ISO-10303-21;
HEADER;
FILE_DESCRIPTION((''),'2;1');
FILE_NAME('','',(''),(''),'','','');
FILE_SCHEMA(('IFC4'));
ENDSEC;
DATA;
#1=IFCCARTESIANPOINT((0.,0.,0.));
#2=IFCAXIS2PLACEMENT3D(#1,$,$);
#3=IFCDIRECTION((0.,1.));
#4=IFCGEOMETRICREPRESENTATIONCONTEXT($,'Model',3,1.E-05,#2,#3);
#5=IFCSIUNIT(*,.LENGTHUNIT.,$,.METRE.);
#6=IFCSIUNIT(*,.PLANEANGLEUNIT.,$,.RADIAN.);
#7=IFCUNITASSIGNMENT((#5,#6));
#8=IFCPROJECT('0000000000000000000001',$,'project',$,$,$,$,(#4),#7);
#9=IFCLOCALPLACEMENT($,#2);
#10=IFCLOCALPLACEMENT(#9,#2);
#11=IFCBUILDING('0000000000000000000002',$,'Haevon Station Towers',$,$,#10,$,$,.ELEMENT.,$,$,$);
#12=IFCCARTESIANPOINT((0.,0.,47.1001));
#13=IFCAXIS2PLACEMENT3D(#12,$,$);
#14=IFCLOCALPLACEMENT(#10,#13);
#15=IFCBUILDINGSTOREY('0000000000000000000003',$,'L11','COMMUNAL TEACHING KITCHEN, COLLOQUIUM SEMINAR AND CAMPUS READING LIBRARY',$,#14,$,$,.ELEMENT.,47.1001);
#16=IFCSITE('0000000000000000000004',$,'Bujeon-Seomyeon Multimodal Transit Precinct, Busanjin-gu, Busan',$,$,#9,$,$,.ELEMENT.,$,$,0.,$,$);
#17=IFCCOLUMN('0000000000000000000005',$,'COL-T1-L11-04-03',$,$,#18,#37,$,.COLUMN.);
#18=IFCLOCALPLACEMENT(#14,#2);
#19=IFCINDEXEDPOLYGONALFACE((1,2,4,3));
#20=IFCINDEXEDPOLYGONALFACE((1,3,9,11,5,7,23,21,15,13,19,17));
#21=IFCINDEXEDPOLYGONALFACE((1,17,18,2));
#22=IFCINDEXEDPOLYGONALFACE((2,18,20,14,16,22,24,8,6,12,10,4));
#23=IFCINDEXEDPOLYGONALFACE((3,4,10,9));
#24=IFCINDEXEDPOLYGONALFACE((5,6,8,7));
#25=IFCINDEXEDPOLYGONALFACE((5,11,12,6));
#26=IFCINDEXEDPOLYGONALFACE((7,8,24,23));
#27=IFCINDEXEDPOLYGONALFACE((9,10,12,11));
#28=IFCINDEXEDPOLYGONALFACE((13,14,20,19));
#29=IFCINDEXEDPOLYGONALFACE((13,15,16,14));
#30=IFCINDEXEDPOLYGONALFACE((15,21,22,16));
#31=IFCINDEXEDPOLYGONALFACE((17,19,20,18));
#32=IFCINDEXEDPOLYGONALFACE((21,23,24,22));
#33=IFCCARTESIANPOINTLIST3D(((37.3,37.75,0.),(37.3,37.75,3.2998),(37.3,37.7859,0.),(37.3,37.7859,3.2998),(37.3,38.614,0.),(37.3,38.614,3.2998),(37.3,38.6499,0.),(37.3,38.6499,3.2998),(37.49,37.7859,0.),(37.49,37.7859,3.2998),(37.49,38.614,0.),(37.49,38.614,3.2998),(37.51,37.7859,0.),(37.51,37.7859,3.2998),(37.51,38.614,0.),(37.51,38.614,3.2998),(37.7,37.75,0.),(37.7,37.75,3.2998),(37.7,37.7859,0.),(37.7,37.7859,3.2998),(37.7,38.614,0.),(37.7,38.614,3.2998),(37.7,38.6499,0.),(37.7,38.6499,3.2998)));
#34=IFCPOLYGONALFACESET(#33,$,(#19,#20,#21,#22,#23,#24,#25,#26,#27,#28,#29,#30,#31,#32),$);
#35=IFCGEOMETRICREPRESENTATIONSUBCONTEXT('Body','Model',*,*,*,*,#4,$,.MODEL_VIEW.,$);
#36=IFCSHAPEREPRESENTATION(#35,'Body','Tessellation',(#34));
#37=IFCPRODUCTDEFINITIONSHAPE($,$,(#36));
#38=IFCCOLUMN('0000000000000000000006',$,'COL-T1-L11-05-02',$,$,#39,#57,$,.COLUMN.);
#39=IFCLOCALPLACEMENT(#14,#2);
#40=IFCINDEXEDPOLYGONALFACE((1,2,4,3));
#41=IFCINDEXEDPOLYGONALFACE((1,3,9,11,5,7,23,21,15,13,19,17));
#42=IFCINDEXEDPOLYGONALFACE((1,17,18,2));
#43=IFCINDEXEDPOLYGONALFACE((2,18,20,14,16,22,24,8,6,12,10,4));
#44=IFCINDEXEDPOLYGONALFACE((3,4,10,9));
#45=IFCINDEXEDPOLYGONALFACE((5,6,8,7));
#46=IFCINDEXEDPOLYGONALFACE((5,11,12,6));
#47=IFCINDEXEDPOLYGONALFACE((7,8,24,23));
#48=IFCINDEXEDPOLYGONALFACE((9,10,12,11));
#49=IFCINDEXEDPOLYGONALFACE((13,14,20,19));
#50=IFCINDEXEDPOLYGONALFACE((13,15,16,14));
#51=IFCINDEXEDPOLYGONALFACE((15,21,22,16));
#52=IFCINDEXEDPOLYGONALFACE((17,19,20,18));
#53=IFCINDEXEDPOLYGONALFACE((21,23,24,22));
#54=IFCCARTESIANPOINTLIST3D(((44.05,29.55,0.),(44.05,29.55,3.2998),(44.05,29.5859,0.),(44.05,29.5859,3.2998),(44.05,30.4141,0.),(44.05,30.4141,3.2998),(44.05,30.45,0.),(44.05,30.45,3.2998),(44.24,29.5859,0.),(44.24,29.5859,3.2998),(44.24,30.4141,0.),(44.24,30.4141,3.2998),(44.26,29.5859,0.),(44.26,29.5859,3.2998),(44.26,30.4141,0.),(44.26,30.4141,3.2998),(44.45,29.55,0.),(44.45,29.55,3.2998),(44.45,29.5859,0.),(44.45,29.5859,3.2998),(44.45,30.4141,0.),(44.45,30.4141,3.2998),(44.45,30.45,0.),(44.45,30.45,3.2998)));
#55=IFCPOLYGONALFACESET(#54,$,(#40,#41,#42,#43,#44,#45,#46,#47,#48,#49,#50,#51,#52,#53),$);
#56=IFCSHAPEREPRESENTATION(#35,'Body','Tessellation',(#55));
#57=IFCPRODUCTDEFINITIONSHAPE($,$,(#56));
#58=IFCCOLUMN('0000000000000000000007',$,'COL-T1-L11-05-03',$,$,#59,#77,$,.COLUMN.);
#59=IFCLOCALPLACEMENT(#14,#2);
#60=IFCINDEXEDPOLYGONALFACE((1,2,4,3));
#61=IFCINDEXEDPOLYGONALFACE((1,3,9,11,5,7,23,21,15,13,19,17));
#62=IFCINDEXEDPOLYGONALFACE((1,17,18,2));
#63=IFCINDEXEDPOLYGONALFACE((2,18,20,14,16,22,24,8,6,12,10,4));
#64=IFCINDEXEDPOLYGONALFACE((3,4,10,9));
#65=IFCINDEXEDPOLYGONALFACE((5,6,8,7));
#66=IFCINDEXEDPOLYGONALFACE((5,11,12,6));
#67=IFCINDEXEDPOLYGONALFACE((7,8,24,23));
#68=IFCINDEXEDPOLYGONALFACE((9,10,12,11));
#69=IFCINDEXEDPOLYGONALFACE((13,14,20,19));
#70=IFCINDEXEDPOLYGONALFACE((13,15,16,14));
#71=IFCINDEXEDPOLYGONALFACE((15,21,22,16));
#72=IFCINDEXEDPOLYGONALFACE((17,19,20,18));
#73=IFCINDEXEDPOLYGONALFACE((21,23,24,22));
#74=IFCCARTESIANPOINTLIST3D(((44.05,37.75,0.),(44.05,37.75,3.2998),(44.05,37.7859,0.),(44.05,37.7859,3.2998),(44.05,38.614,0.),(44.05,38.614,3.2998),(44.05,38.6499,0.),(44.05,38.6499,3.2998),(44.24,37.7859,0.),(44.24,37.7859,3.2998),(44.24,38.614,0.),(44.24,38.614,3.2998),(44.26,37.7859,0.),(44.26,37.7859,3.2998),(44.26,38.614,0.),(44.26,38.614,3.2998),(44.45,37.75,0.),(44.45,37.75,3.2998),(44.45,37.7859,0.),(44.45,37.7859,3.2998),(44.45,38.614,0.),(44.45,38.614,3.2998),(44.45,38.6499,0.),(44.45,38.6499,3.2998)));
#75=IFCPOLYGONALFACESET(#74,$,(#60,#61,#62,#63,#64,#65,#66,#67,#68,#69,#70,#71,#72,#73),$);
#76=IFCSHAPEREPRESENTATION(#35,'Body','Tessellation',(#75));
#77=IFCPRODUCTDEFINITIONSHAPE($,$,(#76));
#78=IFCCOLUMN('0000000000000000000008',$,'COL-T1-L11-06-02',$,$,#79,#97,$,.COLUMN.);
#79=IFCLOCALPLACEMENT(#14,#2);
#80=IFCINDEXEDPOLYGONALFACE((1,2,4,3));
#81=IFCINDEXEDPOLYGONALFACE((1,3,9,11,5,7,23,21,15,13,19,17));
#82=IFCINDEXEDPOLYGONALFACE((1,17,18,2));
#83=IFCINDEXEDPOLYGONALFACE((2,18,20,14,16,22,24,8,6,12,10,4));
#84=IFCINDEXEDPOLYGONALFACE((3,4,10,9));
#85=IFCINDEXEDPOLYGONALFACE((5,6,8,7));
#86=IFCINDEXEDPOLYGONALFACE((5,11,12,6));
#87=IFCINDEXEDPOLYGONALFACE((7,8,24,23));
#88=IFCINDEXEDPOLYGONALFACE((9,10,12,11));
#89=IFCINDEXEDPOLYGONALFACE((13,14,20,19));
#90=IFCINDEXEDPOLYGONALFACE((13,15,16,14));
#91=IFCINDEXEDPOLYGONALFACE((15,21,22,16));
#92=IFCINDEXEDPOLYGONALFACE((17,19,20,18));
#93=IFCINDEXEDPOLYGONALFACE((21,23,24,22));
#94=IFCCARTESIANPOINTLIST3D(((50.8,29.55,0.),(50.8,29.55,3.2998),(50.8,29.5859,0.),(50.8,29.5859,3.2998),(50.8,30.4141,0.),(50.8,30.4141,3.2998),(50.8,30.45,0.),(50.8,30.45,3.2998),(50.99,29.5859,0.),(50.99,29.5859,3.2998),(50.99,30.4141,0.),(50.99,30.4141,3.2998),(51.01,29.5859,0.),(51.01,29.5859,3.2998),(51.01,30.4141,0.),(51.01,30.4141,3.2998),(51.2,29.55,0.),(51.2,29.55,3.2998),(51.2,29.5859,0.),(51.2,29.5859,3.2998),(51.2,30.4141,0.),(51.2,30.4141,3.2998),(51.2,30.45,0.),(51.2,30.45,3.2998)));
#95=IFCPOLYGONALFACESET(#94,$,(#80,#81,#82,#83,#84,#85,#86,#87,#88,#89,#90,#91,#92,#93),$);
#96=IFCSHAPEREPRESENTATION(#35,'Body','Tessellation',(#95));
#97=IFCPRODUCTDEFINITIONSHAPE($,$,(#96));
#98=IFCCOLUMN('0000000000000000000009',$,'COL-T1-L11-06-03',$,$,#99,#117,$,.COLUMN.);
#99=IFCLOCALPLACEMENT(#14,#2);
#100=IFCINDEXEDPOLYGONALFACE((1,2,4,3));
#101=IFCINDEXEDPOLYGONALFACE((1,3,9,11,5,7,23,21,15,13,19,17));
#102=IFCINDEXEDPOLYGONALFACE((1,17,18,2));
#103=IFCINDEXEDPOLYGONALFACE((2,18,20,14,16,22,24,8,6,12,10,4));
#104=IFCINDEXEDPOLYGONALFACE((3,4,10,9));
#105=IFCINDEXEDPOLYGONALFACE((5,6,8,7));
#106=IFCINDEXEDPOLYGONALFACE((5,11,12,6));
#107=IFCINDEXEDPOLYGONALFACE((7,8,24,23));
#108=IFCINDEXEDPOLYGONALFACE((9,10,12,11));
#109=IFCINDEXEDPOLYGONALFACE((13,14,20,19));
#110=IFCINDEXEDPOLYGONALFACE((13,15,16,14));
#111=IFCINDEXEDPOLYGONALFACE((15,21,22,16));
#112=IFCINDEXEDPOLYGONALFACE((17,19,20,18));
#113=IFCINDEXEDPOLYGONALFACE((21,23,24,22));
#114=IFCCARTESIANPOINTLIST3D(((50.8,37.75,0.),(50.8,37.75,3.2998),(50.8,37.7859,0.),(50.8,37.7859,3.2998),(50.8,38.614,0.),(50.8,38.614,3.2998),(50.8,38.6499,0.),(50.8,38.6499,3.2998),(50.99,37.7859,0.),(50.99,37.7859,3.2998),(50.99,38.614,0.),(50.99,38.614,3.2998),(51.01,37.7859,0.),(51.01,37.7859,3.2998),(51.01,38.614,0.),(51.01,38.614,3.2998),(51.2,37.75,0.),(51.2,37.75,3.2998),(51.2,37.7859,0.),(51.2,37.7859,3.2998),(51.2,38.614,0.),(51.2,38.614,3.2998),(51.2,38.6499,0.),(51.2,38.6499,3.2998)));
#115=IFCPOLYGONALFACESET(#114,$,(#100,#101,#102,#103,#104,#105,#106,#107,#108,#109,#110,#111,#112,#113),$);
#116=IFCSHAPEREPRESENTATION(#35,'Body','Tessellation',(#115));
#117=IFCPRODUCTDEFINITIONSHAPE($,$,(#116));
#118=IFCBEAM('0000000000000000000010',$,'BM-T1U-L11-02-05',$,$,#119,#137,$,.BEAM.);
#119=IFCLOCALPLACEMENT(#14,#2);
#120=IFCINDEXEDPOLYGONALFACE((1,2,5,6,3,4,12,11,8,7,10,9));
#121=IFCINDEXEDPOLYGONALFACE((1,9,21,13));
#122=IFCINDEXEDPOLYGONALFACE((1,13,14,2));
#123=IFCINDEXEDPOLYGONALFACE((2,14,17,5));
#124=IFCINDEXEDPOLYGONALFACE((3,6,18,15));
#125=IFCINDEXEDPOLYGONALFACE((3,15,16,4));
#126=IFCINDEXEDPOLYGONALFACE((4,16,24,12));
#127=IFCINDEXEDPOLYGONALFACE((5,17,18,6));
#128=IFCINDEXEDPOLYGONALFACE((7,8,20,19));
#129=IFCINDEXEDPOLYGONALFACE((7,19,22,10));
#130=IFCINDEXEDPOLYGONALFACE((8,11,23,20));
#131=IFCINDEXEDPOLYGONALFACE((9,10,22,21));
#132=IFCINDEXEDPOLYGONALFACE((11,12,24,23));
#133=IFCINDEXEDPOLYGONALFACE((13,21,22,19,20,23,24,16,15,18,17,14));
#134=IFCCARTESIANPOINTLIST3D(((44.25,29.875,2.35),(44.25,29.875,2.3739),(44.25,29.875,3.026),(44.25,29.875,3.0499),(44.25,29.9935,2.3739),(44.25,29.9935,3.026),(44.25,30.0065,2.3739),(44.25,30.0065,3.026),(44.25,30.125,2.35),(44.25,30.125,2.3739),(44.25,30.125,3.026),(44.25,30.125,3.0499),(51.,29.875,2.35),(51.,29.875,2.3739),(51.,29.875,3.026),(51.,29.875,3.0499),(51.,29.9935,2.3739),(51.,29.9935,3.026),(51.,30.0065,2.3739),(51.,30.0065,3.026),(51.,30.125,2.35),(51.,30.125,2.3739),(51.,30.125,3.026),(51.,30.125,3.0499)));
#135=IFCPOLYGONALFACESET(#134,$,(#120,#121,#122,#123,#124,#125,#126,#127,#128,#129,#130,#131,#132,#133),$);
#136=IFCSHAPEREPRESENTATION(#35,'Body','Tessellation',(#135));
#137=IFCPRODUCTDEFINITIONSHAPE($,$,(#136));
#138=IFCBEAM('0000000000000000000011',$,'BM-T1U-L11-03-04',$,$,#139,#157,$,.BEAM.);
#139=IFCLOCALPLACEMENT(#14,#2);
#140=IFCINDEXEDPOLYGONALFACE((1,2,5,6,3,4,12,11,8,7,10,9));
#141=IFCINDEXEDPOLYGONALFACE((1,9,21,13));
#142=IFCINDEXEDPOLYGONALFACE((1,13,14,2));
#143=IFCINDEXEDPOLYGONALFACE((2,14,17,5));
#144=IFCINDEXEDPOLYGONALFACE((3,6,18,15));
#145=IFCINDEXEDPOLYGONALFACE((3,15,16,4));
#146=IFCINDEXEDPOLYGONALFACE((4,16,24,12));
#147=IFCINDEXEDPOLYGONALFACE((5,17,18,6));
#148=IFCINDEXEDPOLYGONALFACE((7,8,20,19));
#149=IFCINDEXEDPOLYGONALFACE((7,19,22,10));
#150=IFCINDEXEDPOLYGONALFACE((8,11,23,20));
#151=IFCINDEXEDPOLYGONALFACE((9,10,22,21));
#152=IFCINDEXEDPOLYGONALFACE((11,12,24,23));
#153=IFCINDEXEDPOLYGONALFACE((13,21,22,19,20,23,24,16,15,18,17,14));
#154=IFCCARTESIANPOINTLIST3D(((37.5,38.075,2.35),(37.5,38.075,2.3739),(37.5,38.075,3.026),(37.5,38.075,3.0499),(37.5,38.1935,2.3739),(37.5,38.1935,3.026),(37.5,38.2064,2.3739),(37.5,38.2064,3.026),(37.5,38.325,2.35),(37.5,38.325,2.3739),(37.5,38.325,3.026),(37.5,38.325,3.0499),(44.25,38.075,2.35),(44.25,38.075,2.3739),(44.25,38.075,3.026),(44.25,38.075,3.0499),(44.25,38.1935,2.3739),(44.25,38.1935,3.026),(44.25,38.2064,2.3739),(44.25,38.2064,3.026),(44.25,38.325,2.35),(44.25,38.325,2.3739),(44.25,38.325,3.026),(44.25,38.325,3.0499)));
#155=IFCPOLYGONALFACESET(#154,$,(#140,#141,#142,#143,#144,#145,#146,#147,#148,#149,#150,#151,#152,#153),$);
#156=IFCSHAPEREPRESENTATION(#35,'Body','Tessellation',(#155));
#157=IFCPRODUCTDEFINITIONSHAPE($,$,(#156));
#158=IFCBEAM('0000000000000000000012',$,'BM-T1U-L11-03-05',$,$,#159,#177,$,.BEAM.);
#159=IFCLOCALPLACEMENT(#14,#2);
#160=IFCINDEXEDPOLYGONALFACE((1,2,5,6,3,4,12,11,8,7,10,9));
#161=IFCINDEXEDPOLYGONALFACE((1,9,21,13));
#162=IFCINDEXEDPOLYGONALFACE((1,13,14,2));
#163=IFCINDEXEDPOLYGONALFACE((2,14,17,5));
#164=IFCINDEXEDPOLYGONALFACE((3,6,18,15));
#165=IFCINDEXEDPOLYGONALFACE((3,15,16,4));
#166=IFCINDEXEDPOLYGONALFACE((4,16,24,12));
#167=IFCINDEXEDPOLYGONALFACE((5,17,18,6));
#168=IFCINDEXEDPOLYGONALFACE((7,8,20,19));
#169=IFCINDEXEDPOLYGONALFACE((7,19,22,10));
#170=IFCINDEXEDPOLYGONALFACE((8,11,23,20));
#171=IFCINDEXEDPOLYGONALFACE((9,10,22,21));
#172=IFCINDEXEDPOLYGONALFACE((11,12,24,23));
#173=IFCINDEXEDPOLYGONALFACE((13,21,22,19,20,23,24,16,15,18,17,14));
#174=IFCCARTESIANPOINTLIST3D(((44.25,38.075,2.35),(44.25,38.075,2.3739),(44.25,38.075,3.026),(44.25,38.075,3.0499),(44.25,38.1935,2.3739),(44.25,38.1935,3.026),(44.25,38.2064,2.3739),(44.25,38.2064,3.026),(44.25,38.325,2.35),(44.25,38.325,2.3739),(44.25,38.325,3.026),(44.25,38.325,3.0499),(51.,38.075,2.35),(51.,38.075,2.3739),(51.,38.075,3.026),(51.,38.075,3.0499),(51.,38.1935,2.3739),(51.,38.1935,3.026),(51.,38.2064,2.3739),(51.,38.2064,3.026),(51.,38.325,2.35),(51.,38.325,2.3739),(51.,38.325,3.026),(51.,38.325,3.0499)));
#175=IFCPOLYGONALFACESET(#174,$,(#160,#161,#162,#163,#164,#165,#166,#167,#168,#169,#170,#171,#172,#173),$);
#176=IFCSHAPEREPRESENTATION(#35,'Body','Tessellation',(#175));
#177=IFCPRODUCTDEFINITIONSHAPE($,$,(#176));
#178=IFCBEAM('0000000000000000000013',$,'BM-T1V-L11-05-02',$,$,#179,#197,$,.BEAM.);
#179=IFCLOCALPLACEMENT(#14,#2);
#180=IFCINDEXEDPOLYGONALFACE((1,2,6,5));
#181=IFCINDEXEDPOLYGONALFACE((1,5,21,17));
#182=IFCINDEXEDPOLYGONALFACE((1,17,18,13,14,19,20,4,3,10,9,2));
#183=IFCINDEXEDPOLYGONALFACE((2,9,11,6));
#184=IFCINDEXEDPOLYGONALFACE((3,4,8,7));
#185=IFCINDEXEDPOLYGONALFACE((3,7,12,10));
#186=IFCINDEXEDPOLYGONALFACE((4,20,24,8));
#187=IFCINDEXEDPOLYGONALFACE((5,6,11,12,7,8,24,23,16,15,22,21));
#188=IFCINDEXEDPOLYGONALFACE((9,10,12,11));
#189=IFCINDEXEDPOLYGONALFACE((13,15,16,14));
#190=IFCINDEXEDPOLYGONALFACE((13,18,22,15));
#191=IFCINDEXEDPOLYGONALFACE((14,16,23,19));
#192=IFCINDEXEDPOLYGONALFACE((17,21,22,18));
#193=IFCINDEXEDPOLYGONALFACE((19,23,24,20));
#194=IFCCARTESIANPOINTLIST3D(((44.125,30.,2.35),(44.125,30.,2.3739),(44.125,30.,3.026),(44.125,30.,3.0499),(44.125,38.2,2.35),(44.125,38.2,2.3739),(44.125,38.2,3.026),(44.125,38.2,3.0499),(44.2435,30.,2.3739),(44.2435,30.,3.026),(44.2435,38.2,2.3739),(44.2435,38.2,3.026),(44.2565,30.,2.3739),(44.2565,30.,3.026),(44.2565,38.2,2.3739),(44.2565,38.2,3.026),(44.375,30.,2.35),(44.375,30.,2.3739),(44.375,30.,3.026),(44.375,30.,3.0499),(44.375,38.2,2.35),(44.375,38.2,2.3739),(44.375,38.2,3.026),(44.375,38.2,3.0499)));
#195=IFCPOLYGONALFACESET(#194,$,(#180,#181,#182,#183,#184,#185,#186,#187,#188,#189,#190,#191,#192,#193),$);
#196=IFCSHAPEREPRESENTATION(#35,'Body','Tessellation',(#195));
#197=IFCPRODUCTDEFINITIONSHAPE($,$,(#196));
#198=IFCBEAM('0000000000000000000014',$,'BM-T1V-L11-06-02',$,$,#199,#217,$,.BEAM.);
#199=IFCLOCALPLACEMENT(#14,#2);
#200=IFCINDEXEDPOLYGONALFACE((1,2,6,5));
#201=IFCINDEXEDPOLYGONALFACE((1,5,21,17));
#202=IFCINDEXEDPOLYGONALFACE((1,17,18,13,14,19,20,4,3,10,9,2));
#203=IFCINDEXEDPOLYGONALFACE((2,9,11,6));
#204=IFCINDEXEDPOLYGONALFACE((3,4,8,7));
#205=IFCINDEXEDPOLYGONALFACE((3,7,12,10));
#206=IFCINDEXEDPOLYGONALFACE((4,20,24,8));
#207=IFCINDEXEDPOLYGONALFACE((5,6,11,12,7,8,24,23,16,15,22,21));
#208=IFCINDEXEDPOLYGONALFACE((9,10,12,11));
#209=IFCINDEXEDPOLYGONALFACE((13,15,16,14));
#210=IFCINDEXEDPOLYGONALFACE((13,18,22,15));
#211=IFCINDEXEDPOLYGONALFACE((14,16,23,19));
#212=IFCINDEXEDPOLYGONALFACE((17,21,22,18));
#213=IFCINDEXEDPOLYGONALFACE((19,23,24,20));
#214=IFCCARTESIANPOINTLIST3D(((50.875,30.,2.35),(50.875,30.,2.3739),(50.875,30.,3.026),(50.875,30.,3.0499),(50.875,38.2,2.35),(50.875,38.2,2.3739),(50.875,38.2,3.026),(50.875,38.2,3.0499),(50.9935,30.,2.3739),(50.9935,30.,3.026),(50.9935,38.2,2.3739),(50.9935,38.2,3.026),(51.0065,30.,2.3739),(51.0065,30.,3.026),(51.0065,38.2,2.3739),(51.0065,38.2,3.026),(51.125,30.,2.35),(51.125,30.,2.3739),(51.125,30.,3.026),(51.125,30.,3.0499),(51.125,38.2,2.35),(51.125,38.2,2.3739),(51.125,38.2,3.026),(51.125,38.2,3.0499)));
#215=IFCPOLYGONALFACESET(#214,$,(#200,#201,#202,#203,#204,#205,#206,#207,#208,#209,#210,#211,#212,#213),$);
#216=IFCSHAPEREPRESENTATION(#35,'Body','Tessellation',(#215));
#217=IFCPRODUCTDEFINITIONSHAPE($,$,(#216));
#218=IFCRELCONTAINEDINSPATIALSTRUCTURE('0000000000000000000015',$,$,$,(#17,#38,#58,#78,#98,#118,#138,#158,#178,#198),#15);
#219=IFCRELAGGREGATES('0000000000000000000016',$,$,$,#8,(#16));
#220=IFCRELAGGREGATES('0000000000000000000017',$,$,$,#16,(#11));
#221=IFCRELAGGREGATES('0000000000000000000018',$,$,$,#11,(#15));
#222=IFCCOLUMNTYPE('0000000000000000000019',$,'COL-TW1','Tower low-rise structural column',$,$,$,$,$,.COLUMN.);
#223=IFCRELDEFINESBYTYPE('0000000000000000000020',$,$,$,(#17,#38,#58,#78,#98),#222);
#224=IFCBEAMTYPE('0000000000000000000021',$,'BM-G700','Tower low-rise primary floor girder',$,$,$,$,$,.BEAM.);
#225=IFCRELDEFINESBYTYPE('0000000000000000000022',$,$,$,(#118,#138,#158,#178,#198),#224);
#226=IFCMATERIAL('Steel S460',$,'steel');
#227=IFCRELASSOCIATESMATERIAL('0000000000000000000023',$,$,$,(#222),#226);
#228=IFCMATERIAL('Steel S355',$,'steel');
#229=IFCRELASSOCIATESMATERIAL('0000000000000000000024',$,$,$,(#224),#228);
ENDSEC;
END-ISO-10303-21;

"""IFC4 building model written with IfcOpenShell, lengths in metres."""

from ifc_helpers import new_model, si_unit, direction, frame, origin, origin_2d, place, context, subcontext, project, spatial, i_section, extrude, material, material_profile, profile_set, type_object, element, save


model = new_model("IFC4")

# Units and contexts
model_context = context("Model", 3, precision=1e-05, world=origin(), true_north=direction((0.0, 1.0)))
body_context = subcontext(model_context, "Body", "Model", "MODEL_VIEW")
ifc_project = project(units=[si_unit("LENGTHUNIT", "METRE"), si_unit("PLANEANGLEUNIT", "RADIAN")], contexts=[model_context])

# Site, building, storey
site_placement = place(None, origin())
site = spatial("IfcSite", under=ifc_project, at=site_placement, Name="Bujeon-Seomyeon Multimodal Transit Precinct, Busanjin-gu, Busan", CompositionType="ELEMENT", RefElevation=0.0)
building_placement = place(site_placement, origin())
building = spatial("IfcBuilding", under=site, at=building_placement, Name="Haevon Station Towers", CompositionType="ELEMENT")
storey_placement = place(building_placement, frame((0.0, 0.0, 47.1001)))
storey = spatial("IfcBuildingStorey", under=building, at=storey_placement, Name="L11", Description="COMMUNAL TEACHING KITCHEN, COLLOQUIUM SEMINAR AND CAMPUS READING LIBRARY", CompositionType="ELEMENT", Elevation=47.1001)

# Columns
ifc_material_1 = material(Name="Steel S460", Category="steel")
ifc_material_profile_1 = material_profile(ifc_material_1, i_section(OverallWidth=0.3999, OverallDepth=0.8999, WebThickness=0.02, FlangeThickness=0.0359, at=origin_2d()), Name="H-900x400x20x36")
ifc_profile_set_1 = profile_set([ifc_material_profile_1], Name="Steel S460")
column_type = type_object("IfcColumnType", Name="COL-TW1", Description="Tower low-rise structural column", PredefinedType="COLUMN", material=ifc_profile_set_1)
for number, where, z_axis, x_axis, name in (
    (1, (37.5, 38.2, 0.0), (0.0, 0.0, 1.0), (1.0, 0.0, 0.0), "COL-T1-L11-04-03"),
    (2, (44.25, 30.0, 0.0), (0.0, 0.0, 1.0), (1.0, 0.0, 0.0), "COL-T1-L11-05-02"),
    (3, (44.25, 38.2, 0.0), (0.0, 0.0, 1.0), (1.0, 0.0, 0.0), "COL-T1-L11-05-03"),
    (4, (51.0, 30.0, 0.0), (0.0, 0.0, 1.0), (1.0, 0.0, 0.0), "COL-T1-L11-06-02"),
    (5, (51.0, 38.2, 0.0), (0.0, 0.0, 1.0), (1.0, 0.0, 0.0), "COL-T1-L11-06-03"),
):
    element("IfcColumn", number, at=place(storey_placement, frame(where, z_axis=z_axis, x_axis=x_axis)), inside=storey, type_object=column_type, Name=name, PredefinedType="COLUMN", context=body_context, shape_type="SweptSolid", body=[
        extrude(i_section(OverallWidth=0.3999, OverallDepth=0.8999, WebThickness=0.02, FlangeThickness=0.0359, at=origin_2d()), origin(), (0.0, 0.0, 1.0), 3.2998),
    ])

# Beams
ifc_material_2 = material(Name="Steel S355", Category="steel")
ifc_material_profile_2 = material_profile(ifc_material_2, i_section(OverallWidth=0.25, OverallDepth=0.7, WebThickness=0.0129, FlangeThickness=0.0239, at=origin_2d()), Name="H-700x250x13x24")
ifc_profile_set_2 = profile_set([ifc_material_profile_2], Name="Steel S355")
beam_type_1 = type_object("IfcBeamType", Name="BM-G700", Description="Tower low-rise primary floor girder", PredefinedType="BEAM", material=ifc_profile_set_2)
for number, where, z_axis, x_axis, name in (
    (6, (44.25, 30.0, 2.7), (1.0, 0.0, 0.0), (0.0, 1.0, 0.0), "BM-T1U-L11-02-05"),
    (7, (37.5, 38.2, 2.7), (1.0, 0.0, 0.0), (0.0, 1.0, 0.0), "BM-T1U-L11-03-04"),
    (8, (44.25, 38.2, 2.7), (1.0, 0.0, 0.0), (0.0, 1.0, 0.0), "BM-T1U-L11-03-05"),
):
    element("IfcBeam", number, at=place(storey_placement, frame(where, z_axis=z_axis, x_axis=x_axis)), inside=storey, type_object=beam_type_1, Name=name, PredefinedType="BEAM", context=body_context, shape_type="SweptSolid", body=[
        extrude(i_section(OverallWidth=0.25, OverallDepth=0.7, WebThickness=0.0129, FlangeThickness=0.0239, at=origin_2d()), origin(), (0.0, 0.0, 1.0), 6.75),
    ])
for number, where, z_axis, x_axis, name in (
    (9, (44.25, 30.0, 2.7), (0.0, 1.0, 0.0), (-1.0, 0.0, 0.0), "BM-T1V-L11-05-02"),
    (10, (51.0, 30.0, 2.7), (0.0, 1.0, 0.0), (-1.0, 0.0, 0.0), "BM-T1V-L11-06-02"),
):
    element("IfcBeam", number, at=place(storey_placement, frame(where, z_axis=z_axis, x_axis=x_axis)), inside=storey, type_object=beam_type_1, Name=name, PredefinedType="BEAM", context=body_context, shape_type="SweptSolid", body=[
        extrude(i_section(OverallWidth=0.25, OverallDepth=0.7, WebThickness=0.0129, FlangeThickness=0.0239, at=origin_2d()), origin(), (0.0, 0.0, 1.0), 8.2),
    ])

save(model, "model.ifc")
